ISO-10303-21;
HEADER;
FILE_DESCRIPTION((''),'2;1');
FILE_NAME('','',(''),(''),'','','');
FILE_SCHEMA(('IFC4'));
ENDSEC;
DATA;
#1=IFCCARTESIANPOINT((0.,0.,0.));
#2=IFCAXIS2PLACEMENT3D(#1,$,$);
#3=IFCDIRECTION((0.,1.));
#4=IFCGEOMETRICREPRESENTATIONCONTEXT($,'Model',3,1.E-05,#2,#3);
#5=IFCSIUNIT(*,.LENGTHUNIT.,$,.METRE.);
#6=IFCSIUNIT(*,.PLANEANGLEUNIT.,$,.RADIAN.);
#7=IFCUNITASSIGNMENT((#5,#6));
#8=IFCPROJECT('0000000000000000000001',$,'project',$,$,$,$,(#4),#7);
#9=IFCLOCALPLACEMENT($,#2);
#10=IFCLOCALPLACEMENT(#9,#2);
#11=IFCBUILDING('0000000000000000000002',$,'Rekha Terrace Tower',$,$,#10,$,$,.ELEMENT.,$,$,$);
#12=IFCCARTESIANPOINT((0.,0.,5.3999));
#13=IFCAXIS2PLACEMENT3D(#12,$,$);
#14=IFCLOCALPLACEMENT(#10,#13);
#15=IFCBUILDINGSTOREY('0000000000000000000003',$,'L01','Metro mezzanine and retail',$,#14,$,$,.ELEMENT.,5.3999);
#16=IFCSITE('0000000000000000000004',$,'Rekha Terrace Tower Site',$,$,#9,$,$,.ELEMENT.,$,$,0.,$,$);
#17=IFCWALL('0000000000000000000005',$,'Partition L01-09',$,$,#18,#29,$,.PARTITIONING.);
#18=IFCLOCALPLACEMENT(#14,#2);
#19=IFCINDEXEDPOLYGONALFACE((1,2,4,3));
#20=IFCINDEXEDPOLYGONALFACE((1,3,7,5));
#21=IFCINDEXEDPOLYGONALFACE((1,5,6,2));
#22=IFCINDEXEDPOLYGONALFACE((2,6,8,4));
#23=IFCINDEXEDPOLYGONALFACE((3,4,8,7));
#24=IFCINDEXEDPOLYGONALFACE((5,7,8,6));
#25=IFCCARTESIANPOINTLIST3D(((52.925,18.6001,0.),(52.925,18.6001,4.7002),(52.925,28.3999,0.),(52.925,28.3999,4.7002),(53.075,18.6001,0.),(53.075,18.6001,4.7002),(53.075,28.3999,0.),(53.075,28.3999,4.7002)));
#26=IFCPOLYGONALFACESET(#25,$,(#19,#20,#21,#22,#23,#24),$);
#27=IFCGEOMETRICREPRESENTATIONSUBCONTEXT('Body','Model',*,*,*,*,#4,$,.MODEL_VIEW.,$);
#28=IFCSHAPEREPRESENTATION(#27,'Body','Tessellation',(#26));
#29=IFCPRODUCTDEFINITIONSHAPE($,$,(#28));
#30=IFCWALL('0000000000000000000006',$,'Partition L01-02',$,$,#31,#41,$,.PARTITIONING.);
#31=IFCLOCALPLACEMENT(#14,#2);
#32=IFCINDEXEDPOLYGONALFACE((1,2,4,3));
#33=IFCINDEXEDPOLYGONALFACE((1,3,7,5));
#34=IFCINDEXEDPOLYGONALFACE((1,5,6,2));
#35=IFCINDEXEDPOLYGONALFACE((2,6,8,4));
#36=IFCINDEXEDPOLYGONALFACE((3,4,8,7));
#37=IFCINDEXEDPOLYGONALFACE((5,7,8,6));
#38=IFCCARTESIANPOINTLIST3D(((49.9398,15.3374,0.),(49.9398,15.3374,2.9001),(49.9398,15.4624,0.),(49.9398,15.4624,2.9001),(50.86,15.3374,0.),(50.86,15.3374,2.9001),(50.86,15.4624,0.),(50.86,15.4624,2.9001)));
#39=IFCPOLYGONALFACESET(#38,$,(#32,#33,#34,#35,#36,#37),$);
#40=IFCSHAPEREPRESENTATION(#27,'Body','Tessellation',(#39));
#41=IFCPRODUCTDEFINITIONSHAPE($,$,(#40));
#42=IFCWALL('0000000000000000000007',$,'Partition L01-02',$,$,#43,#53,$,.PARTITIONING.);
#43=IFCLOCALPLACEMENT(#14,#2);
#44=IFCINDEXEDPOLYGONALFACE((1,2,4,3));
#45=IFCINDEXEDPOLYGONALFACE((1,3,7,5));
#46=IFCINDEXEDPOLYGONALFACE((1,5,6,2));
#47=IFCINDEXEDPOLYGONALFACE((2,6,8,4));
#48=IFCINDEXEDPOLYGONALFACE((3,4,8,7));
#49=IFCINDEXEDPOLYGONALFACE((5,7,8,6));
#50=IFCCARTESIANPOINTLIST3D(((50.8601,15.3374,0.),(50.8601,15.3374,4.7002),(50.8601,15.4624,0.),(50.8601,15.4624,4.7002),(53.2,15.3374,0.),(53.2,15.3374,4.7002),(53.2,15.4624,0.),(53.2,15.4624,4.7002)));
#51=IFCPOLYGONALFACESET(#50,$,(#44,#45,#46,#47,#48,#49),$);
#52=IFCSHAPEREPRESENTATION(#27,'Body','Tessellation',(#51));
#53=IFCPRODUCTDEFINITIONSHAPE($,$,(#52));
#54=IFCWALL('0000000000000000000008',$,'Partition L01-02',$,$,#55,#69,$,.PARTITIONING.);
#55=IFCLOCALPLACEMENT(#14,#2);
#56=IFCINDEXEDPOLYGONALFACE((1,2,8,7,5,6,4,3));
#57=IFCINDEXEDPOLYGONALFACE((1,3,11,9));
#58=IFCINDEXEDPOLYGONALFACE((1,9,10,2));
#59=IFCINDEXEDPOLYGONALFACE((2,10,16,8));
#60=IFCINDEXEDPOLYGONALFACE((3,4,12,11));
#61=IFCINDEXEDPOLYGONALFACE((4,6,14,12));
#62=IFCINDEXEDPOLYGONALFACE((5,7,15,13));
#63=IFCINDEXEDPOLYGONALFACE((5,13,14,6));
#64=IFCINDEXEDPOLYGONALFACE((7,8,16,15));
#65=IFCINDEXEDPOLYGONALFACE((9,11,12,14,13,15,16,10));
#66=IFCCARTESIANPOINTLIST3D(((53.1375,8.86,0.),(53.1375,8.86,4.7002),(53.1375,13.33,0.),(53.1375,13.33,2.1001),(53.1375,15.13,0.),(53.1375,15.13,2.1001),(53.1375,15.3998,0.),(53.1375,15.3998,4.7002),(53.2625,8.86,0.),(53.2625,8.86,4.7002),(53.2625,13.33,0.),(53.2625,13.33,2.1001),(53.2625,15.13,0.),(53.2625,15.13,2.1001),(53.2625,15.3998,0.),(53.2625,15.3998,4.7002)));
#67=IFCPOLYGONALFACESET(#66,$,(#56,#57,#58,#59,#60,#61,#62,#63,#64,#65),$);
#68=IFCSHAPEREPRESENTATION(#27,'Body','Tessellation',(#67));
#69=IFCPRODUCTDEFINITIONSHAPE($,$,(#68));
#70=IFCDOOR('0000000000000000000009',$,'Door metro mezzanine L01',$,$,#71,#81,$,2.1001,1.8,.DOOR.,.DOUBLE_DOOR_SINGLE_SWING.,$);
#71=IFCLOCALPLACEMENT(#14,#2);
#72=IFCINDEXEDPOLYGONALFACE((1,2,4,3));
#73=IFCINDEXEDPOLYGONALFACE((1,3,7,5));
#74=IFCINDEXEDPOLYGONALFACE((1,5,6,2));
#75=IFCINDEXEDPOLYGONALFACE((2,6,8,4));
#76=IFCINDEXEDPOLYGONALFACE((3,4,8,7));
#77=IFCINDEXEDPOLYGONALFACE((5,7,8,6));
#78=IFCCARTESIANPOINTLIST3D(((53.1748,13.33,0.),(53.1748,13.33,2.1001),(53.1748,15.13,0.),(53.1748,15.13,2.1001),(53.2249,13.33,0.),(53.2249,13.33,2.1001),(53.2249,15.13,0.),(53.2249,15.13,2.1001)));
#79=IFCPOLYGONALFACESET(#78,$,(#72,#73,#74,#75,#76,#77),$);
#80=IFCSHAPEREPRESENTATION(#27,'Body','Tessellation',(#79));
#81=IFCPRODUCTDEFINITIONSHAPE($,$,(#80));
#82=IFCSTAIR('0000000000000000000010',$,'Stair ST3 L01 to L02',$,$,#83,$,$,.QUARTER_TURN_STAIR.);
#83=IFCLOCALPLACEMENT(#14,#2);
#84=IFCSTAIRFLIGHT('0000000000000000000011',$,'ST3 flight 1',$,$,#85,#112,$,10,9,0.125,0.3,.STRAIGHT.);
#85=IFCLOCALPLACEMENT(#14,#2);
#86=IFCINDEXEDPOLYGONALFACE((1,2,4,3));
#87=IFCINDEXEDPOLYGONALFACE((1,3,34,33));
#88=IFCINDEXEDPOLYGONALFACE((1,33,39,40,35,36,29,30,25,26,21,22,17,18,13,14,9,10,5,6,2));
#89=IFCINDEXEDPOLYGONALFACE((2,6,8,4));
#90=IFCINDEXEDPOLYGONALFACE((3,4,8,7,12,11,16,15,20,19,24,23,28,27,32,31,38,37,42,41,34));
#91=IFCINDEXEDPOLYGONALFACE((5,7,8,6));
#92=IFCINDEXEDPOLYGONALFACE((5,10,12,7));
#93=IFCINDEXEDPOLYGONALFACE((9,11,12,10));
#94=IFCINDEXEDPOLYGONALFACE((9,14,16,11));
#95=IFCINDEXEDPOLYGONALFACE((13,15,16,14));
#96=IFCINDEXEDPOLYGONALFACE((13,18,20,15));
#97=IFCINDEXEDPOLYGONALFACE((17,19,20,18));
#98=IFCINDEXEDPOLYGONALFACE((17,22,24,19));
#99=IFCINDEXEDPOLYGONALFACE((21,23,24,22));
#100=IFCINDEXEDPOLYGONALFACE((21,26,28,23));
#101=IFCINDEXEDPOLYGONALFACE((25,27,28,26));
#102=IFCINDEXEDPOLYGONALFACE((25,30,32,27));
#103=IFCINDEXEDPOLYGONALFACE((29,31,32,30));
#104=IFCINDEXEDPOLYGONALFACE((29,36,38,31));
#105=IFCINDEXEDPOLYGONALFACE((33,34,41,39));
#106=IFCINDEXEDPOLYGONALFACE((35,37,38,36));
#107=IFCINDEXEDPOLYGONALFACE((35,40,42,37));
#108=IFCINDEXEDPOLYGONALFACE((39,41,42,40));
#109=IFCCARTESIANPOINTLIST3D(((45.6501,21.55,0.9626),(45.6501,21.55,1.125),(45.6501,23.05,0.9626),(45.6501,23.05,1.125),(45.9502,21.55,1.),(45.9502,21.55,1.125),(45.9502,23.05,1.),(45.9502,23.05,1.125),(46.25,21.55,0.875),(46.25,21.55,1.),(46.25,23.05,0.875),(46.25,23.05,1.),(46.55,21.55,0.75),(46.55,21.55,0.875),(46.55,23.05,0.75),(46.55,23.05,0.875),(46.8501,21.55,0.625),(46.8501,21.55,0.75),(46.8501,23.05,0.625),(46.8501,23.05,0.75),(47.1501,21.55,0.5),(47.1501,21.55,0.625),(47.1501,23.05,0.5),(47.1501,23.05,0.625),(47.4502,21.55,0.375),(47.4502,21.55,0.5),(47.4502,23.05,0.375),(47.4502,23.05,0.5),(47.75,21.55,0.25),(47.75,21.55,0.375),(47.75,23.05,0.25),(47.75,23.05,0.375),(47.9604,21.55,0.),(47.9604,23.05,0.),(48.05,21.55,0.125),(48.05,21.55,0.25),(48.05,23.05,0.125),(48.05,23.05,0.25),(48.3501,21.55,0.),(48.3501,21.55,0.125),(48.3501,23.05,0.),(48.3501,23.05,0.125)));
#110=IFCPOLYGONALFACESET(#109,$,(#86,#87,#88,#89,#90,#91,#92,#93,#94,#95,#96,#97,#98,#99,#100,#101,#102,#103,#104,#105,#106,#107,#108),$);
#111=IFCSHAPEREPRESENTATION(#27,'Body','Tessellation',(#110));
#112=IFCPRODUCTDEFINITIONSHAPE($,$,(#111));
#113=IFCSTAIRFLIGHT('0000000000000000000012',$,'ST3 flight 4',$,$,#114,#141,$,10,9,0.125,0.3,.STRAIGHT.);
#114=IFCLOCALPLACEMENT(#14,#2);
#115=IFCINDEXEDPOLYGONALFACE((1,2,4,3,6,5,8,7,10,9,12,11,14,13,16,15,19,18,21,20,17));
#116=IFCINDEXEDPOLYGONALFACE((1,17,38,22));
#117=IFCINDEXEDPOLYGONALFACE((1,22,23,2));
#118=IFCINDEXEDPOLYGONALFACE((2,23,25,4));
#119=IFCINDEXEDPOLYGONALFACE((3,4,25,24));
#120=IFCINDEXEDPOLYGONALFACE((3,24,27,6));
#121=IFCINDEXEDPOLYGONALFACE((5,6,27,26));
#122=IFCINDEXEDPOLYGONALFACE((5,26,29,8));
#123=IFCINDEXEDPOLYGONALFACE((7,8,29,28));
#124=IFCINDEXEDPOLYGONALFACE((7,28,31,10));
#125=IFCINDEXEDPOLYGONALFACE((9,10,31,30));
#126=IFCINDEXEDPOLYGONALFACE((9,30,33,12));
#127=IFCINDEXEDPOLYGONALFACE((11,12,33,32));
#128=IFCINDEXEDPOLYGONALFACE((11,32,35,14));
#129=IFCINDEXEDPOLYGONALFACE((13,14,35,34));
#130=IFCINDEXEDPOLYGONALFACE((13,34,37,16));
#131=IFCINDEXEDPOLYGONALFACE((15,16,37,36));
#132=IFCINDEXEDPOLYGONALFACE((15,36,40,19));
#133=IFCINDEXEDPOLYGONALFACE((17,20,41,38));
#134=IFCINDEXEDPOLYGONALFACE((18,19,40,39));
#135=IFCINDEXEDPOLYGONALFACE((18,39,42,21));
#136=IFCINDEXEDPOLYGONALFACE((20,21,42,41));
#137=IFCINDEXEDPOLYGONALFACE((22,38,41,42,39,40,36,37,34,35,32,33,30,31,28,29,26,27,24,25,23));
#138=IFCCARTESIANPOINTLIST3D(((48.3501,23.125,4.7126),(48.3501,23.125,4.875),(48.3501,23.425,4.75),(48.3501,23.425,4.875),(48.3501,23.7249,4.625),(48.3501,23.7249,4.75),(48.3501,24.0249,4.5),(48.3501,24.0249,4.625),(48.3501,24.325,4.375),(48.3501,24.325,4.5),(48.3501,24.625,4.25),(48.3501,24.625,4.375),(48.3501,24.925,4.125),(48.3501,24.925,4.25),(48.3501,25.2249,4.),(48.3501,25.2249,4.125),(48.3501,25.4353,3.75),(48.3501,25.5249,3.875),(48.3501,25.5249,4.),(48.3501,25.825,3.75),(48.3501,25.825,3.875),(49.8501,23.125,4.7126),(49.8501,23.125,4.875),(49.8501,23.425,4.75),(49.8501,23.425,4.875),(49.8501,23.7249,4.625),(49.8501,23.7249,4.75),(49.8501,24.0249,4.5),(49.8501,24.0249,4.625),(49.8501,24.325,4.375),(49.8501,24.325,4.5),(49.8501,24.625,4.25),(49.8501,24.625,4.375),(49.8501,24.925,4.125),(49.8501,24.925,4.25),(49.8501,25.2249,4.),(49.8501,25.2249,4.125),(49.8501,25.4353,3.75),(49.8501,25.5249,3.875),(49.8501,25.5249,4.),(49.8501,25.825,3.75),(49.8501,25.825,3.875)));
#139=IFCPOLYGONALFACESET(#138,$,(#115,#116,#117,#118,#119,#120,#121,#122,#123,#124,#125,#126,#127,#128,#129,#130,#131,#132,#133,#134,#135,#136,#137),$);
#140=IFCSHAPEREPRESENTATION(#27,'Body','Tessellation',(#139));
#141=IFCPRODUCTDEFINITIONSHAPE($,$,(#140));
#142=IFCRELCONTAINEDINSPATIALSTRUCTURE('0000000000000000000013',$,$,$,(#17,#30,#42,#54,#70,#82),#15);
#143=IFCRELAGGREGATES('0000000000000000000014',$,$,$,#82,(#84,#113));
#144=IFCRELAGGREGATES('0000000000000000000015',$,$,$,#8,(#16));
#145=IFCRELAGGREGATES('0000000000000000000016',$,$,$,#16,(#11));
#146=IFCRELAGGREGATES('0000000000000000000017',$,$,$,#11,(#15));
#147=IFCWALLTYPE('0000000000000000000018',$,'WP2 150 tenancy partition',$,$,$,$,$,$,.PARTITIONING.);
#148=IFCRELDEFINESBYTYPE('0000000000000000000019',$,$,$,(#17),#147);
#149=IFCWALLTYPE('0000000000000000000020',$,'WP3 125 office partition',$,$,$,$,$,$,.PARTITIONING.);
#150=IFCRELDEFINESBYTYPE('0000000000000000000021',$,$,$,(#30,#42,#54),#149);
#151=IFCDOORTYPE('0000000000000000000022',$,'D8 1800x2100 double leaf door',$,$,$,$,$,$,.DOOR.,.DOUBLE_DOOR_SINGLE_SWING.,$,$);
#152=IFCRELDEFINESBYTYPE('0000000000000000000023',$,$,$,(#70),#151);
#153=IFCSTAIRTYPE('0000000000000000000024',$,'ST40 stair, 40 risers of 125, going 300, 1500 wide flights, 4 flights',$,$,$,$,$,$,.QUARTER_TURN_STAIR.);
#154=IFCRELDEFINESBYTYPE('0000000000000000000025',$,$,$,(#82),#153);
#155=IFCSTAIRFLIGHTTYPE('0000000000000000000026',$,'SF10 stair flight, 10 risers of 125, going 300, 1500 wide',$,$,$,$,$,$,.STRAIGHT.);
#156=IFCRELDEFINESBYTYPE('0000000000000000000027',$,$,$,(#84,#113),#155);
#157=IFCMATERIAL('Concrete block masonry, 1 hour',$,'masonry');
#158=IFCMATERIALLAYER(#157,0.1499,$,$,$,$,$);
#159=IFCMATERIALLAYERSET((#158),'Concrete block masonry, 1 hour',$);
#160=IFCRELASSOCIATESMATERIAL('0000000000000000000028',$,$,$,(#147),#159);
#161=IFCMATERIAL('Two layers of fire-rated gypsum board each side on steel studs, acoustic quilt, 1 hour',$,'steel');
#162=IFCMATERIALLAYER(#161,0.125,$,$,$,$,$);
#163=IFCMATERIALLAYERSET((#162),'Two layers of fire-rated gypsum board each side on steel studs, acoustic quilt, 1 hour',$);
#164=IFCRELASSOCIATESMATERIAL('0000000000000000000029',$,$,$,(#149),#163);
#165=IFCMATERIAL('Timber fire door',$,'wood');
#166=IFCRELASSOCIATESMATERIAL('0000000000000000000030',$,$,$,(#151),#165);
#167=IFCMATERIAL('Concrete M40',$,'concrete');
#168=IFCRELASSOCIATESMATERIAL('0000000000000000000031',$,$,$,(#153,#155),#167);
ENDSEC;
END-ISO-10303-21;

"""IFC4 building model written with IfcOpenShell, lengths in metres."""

from ifc_helpers import new_model, si_unit, direction, frame, frame_2d, origin, place, context, subcontext, project, spatial, polyline, rectangle, outline, extrude, material, layer, layer_set, type_object, element, fill, aggregate, save


model = new_model("IFC4")

# Units and contexts
model_context = context("Model", 3, precision=1e-05, world=origin(), true_north=direction((0.0, 1.0)))
body_context = subcontext(model_context, "Body", "Model", "MODEL_VIEW")
ifc_project = project(units=[si_unit("LENGTHUNIT", "METRE"), si_unit("PLANEANGLEUNIT", "RADIAN")], contexts=[model_context])

# Site, building, storey
site_placement = place(None, origin())
site = spatial("IfcSite", under=ifc_project, at=site_placement, Name="Rekha Terrace Tower Site", CompositionType="ELEMENT", RefElevation=0.0)
building_placement = place(site_placement, origin())
building = spatial("IfcBuilding", under=site, at=building_placement, Name="Rekha Terrace Tower", CompositionType="ELEMENT")
storey_placement = place(building_placement, frame((0.0, 0.0, 5.3999)))
storey = spatial("IfcBuildingStorey", under=building, at=storey_placement, Name="L01", Description="Metro mezzanine and retail", CompositionType="ELEMENT", Elevation=5.3999)

# Walls
ifc_material_1 = material(Name="Concrete block masonry, 1 hour", Category="masonry")
ifc_layer_1 = layer(ifc_material_1, 0.1499)
ifc_layer_set_1 = layer_set([ifc_layer_1], Name="Concrete block masonry, 1 hour")
wall_type_1 = type_object("IfcWallType", Name="WP2 150 tenancy partition", PredefinedType="PARTITIONING", material=ifc_layer_set_1)
wall_1_placement = place(storey_placement, frame((53.0, 18.6001, 0.0), z_axis=(0.0, 0.0, 1.0), x_axis=(0.0, 1.0, 0.0)))
element("IfcWall", 1, at=wall_1_placement, inside=storey, type_object=wall_type_1, Name="Partition L01-09", PredefinedType="PARTITIONING", context=body_context, shape_type="SweptSolid", body=[
    extrude(rectangle(XDim=9.7998, YDim=0.1499, at=frame_2d((4.8999, 0.0))), origin(), (0.0, 0.0, 1.0), 4.7002),
])
ifc_material_2 = material(Name="Two layers of fire-rated gypsum board each side on steel studs, acoustic quilt, 1 hour", Category="steel")
ifc_layer_2 = layer(ifc_material_2, 0.125)
ifc_layer_set_2 = layer_set([ifc_layer_2], Name="Two layers of fire-rated gypsum board each side on steel studs, acoustic quilt, 1 hour")
wall_type_2 = type_object("IfcWallType", Name="WP3 125 office partition", PredefinedType="PARTITIONING", material=ifc_layer_set_2)
wall_2_placement = place(storey_placement, frame((49.9399, 15.3999, 0.0), z_axis=(0.0, 0.0, 1.0), x_axis=(1.0, 0.0, 0.0)))
element("IfcWall", 2, at=wall_2_placement, inside=storey, type_object=wall_type_2, Name="Partition L01-02", PredefinedType="PARTITIONING", context=body_context, shape_type="SweptSolid", body=[
    extrude(rectangle(XDim=0.9202, YDim=0.125, at=frame_2d((0.46, 0.0))), origin(), (0.0, 0.0, 1.0), 2.9001),
])
wall_3_placement = place(storey_placement, frame((50.8601, 15.3999, 0.0), z_axis=(0.0, 0.0, 1.0), x_axis=(1.0, 0.0, 0.0)))
element("IfcWall", 3, at=wall_3_placement, inside=storey, type_object=wall_type_2, Name="Partition L01-02", PredefinedType="PARTITIONING", context=body_context, shape_type="SweptSolid", body=[
    extrude(rectangle(XDim=2.3398, YDim=0.125, at=frame_2d((1.1699, 0.0))), origin(), (0.0, 0.0, 1.0), 4.7002),
])

# Wall, opening, door
wall_4_placement = place(storey_placement, frame((53.2, 15.3999, 0.0), z_axis=(0.0, 0.0, 1.0), x_axis=(0.0, -1.0, 0.0)))
wall_4 = element("IfcWall", 4, at=wall_4_placement, inside=storey, type_object=wall_type_2, Name="Partition L01-02", PredefinedType="PARTITIONING", context=body_context, shape_type="SweptSolid", body=[
    extrude(rectangle(XDim=6.5398, YDim=0.125, at=frame_2d((3.27, 0.0))), origin(), (0.0, 0.0, 1.0), 4.7002),
])
opening_1_placement = place(wall_4_placement, frame((0.27, 0.0, 0.0)))
opening_1 = element("IfcOpeningElement", 5, at=opening_1_placement, cuts=wall_4, PredefinedType="OPENING", context=body_context, shape_type="SweptSolid", body=[
    extrude(rectangle(XDim=1.8, YDim=2.1001, at=frame_2d((0.8999, 1.05))), frame((0.0, 0.0725, 0.0), z_axis=(0.0, -1.0, 0.0), x_axis=(1.0, 0.0, 0.0)), (0.0, 0.0, 1.0), 0.145),
])
ifc_material_3 = material(Name="Timber fire door", Category="wood")
door_type_1 = type_object("IfcDoorType", Name="D8 1800x2100 double leaf door", OperationType="DOUBLE_DOOR_SINGLE_SWING", PredefinedType="DOOR", material=ifc_material_3)
door_1_placement = place(opening_1_placement, origin())
door_1 = element("IfcDoor", 6, at=door_1_placement, inside=storey, type_object=door_type_1, Name="Door metro mezzanine L01", OperationType="DOUBLE_DOOR_SINGLE_SWING", OverallHeight=2.1001, OverallWidth=1.8, PredefinedType="DOOR", context=body_context, shape_type="SweptSolid", body=[
    extrude(rectangle(XDim=1.8, YDim=2.1001, at=frame_2d((0.8999, 1.05))), frame((0.0, 0.0249, 0.0), z_axis=(0.0, -1.0, 0.0), x_axis=(1.0, 0.0, 0.0)), (0.0, 0.0, 1.0), 0.05),
])
fill(opening_1, door_1)

# Stair, stair flights
ifc_material_4 = material(Name="Concrete M40", Category="concrete")
stair_type = type_object("IfcStairType", Name="ST40 stair, 40 risers of 125, going 300, 1500 wide flights, 4 flights", PredefinedType="QUARTER_TURN_STAIR", material=ifc_material_4)
stair_placement = place(storey_placement, origin())
stair = element("IfcStair", 7, at=stair_placement, inside=storey, type_object=stair_type, Name="Stair ST3 L01 to L02", PredefinedType="QUARTER_TURN_STAIR")
stair_flight_type = type_object("IfcStairFlightType", Name="SF10 stair flight, 10 risers of 125, going 300, 1500 wide", PredefinedType="STRAIGHT", material=ifc_material_4)
stair_flight_1_placement = place(storey_placement, frame((48.3501, 22.3, 0.0), z_axis=(0.0, 0.0, 1.0), x_axis=(-1.0, 0.0, 0.0)))
stair_flight_1 = element("IfcStairFlight", 8, at=stair_flight_1_placement, type_object=stair_flight_type, Name="ST3 flight 1", NumberOfRisers=10, NumberOfTreads=9, PredefinedType="STRAIGHT", RiserHeight=0.125, TreadLength=0.3, context=body_context, shape_type="SweptSolid", body=[
    extrude(outline(polyline([(0.0, 0.0), (0.0, 0.125), (0.3, 0.125), (0.3, 0.25), (0.6001, 0.25), (0.6001, 0.375), (0.8999, 0.375), (0.8999, 0.5), (1.2, 0.5), (1.2, 0.625), (1.5, 0.625), (1.5, 0.75), (1.8, 0.75), (1.8, 0.875), (2.1001, 0.875), (2.1001, 1.0), (2.3999, 1.0), (2.3999, 1.125), (2.7, 1.125), (2.7, 1.25), (2.7, 0.9626), (0.3896, 0.0), (0.0, 0.0)])), frame((0.0, 0.75, 0.0), z_axis=(0.0, -1.0, 0.0), x_axis=(1.0, 0.0, 0.0)), (0.0, 0.0, 1.0), 1.5),
])
stair_flight_2_placement = place(storey_placement, frame((49.1001, 25.825, 3.75), z_axis=(0.0, 0.0, 1.0), x_axis=(0.0, -1.0, 0.0)))
stair_flight_2 = element("IfcStairFlight", 9, at=stair_flight_2_placement, type_object=stair_flight_type, Name="ST3 flight 4", NumberOfRisers=10, NumberOfTreads=9, PredefinedType="STRAIGHT", RiserHeight=0.125, TreadLength=0.3, context=body_context, shape_type="SweptSolid", body=[
    extrude(outline(polyline([(0.0, 0.0), (0.0, 0.125), (0.3, 0.125), (0.3, 0.25), (0.6001, 0.25), (0.6001, 0.375), (0.8999, 0.375), (0.8999, 0.5), (1.2, 0.5), (1.2, 0.625), (1.5, 0.625), (1.5, 0.75), (1.8, 0.75), (1.8, 0.875), (2.1001, 0.875), (2.1001, 1.0), (2.3999, 1.0), (2.3999, 1.125), (2.7, 1.125), (2.7, 1.25), (2.7, 0.9626), (0.3896, 0.0), (0.0, 0.0)])), frame((0.0, 0.75, 0.0), z_axis=(0.0, -1.0, 0.0), x_axis=(1.0, 0.0, 0.0)), (0.0, 0.0, 1.0), 1.5),
])
aggregate(stair, [stair_flight_1, stair_flight_2])

save(model, "model.ifc")
